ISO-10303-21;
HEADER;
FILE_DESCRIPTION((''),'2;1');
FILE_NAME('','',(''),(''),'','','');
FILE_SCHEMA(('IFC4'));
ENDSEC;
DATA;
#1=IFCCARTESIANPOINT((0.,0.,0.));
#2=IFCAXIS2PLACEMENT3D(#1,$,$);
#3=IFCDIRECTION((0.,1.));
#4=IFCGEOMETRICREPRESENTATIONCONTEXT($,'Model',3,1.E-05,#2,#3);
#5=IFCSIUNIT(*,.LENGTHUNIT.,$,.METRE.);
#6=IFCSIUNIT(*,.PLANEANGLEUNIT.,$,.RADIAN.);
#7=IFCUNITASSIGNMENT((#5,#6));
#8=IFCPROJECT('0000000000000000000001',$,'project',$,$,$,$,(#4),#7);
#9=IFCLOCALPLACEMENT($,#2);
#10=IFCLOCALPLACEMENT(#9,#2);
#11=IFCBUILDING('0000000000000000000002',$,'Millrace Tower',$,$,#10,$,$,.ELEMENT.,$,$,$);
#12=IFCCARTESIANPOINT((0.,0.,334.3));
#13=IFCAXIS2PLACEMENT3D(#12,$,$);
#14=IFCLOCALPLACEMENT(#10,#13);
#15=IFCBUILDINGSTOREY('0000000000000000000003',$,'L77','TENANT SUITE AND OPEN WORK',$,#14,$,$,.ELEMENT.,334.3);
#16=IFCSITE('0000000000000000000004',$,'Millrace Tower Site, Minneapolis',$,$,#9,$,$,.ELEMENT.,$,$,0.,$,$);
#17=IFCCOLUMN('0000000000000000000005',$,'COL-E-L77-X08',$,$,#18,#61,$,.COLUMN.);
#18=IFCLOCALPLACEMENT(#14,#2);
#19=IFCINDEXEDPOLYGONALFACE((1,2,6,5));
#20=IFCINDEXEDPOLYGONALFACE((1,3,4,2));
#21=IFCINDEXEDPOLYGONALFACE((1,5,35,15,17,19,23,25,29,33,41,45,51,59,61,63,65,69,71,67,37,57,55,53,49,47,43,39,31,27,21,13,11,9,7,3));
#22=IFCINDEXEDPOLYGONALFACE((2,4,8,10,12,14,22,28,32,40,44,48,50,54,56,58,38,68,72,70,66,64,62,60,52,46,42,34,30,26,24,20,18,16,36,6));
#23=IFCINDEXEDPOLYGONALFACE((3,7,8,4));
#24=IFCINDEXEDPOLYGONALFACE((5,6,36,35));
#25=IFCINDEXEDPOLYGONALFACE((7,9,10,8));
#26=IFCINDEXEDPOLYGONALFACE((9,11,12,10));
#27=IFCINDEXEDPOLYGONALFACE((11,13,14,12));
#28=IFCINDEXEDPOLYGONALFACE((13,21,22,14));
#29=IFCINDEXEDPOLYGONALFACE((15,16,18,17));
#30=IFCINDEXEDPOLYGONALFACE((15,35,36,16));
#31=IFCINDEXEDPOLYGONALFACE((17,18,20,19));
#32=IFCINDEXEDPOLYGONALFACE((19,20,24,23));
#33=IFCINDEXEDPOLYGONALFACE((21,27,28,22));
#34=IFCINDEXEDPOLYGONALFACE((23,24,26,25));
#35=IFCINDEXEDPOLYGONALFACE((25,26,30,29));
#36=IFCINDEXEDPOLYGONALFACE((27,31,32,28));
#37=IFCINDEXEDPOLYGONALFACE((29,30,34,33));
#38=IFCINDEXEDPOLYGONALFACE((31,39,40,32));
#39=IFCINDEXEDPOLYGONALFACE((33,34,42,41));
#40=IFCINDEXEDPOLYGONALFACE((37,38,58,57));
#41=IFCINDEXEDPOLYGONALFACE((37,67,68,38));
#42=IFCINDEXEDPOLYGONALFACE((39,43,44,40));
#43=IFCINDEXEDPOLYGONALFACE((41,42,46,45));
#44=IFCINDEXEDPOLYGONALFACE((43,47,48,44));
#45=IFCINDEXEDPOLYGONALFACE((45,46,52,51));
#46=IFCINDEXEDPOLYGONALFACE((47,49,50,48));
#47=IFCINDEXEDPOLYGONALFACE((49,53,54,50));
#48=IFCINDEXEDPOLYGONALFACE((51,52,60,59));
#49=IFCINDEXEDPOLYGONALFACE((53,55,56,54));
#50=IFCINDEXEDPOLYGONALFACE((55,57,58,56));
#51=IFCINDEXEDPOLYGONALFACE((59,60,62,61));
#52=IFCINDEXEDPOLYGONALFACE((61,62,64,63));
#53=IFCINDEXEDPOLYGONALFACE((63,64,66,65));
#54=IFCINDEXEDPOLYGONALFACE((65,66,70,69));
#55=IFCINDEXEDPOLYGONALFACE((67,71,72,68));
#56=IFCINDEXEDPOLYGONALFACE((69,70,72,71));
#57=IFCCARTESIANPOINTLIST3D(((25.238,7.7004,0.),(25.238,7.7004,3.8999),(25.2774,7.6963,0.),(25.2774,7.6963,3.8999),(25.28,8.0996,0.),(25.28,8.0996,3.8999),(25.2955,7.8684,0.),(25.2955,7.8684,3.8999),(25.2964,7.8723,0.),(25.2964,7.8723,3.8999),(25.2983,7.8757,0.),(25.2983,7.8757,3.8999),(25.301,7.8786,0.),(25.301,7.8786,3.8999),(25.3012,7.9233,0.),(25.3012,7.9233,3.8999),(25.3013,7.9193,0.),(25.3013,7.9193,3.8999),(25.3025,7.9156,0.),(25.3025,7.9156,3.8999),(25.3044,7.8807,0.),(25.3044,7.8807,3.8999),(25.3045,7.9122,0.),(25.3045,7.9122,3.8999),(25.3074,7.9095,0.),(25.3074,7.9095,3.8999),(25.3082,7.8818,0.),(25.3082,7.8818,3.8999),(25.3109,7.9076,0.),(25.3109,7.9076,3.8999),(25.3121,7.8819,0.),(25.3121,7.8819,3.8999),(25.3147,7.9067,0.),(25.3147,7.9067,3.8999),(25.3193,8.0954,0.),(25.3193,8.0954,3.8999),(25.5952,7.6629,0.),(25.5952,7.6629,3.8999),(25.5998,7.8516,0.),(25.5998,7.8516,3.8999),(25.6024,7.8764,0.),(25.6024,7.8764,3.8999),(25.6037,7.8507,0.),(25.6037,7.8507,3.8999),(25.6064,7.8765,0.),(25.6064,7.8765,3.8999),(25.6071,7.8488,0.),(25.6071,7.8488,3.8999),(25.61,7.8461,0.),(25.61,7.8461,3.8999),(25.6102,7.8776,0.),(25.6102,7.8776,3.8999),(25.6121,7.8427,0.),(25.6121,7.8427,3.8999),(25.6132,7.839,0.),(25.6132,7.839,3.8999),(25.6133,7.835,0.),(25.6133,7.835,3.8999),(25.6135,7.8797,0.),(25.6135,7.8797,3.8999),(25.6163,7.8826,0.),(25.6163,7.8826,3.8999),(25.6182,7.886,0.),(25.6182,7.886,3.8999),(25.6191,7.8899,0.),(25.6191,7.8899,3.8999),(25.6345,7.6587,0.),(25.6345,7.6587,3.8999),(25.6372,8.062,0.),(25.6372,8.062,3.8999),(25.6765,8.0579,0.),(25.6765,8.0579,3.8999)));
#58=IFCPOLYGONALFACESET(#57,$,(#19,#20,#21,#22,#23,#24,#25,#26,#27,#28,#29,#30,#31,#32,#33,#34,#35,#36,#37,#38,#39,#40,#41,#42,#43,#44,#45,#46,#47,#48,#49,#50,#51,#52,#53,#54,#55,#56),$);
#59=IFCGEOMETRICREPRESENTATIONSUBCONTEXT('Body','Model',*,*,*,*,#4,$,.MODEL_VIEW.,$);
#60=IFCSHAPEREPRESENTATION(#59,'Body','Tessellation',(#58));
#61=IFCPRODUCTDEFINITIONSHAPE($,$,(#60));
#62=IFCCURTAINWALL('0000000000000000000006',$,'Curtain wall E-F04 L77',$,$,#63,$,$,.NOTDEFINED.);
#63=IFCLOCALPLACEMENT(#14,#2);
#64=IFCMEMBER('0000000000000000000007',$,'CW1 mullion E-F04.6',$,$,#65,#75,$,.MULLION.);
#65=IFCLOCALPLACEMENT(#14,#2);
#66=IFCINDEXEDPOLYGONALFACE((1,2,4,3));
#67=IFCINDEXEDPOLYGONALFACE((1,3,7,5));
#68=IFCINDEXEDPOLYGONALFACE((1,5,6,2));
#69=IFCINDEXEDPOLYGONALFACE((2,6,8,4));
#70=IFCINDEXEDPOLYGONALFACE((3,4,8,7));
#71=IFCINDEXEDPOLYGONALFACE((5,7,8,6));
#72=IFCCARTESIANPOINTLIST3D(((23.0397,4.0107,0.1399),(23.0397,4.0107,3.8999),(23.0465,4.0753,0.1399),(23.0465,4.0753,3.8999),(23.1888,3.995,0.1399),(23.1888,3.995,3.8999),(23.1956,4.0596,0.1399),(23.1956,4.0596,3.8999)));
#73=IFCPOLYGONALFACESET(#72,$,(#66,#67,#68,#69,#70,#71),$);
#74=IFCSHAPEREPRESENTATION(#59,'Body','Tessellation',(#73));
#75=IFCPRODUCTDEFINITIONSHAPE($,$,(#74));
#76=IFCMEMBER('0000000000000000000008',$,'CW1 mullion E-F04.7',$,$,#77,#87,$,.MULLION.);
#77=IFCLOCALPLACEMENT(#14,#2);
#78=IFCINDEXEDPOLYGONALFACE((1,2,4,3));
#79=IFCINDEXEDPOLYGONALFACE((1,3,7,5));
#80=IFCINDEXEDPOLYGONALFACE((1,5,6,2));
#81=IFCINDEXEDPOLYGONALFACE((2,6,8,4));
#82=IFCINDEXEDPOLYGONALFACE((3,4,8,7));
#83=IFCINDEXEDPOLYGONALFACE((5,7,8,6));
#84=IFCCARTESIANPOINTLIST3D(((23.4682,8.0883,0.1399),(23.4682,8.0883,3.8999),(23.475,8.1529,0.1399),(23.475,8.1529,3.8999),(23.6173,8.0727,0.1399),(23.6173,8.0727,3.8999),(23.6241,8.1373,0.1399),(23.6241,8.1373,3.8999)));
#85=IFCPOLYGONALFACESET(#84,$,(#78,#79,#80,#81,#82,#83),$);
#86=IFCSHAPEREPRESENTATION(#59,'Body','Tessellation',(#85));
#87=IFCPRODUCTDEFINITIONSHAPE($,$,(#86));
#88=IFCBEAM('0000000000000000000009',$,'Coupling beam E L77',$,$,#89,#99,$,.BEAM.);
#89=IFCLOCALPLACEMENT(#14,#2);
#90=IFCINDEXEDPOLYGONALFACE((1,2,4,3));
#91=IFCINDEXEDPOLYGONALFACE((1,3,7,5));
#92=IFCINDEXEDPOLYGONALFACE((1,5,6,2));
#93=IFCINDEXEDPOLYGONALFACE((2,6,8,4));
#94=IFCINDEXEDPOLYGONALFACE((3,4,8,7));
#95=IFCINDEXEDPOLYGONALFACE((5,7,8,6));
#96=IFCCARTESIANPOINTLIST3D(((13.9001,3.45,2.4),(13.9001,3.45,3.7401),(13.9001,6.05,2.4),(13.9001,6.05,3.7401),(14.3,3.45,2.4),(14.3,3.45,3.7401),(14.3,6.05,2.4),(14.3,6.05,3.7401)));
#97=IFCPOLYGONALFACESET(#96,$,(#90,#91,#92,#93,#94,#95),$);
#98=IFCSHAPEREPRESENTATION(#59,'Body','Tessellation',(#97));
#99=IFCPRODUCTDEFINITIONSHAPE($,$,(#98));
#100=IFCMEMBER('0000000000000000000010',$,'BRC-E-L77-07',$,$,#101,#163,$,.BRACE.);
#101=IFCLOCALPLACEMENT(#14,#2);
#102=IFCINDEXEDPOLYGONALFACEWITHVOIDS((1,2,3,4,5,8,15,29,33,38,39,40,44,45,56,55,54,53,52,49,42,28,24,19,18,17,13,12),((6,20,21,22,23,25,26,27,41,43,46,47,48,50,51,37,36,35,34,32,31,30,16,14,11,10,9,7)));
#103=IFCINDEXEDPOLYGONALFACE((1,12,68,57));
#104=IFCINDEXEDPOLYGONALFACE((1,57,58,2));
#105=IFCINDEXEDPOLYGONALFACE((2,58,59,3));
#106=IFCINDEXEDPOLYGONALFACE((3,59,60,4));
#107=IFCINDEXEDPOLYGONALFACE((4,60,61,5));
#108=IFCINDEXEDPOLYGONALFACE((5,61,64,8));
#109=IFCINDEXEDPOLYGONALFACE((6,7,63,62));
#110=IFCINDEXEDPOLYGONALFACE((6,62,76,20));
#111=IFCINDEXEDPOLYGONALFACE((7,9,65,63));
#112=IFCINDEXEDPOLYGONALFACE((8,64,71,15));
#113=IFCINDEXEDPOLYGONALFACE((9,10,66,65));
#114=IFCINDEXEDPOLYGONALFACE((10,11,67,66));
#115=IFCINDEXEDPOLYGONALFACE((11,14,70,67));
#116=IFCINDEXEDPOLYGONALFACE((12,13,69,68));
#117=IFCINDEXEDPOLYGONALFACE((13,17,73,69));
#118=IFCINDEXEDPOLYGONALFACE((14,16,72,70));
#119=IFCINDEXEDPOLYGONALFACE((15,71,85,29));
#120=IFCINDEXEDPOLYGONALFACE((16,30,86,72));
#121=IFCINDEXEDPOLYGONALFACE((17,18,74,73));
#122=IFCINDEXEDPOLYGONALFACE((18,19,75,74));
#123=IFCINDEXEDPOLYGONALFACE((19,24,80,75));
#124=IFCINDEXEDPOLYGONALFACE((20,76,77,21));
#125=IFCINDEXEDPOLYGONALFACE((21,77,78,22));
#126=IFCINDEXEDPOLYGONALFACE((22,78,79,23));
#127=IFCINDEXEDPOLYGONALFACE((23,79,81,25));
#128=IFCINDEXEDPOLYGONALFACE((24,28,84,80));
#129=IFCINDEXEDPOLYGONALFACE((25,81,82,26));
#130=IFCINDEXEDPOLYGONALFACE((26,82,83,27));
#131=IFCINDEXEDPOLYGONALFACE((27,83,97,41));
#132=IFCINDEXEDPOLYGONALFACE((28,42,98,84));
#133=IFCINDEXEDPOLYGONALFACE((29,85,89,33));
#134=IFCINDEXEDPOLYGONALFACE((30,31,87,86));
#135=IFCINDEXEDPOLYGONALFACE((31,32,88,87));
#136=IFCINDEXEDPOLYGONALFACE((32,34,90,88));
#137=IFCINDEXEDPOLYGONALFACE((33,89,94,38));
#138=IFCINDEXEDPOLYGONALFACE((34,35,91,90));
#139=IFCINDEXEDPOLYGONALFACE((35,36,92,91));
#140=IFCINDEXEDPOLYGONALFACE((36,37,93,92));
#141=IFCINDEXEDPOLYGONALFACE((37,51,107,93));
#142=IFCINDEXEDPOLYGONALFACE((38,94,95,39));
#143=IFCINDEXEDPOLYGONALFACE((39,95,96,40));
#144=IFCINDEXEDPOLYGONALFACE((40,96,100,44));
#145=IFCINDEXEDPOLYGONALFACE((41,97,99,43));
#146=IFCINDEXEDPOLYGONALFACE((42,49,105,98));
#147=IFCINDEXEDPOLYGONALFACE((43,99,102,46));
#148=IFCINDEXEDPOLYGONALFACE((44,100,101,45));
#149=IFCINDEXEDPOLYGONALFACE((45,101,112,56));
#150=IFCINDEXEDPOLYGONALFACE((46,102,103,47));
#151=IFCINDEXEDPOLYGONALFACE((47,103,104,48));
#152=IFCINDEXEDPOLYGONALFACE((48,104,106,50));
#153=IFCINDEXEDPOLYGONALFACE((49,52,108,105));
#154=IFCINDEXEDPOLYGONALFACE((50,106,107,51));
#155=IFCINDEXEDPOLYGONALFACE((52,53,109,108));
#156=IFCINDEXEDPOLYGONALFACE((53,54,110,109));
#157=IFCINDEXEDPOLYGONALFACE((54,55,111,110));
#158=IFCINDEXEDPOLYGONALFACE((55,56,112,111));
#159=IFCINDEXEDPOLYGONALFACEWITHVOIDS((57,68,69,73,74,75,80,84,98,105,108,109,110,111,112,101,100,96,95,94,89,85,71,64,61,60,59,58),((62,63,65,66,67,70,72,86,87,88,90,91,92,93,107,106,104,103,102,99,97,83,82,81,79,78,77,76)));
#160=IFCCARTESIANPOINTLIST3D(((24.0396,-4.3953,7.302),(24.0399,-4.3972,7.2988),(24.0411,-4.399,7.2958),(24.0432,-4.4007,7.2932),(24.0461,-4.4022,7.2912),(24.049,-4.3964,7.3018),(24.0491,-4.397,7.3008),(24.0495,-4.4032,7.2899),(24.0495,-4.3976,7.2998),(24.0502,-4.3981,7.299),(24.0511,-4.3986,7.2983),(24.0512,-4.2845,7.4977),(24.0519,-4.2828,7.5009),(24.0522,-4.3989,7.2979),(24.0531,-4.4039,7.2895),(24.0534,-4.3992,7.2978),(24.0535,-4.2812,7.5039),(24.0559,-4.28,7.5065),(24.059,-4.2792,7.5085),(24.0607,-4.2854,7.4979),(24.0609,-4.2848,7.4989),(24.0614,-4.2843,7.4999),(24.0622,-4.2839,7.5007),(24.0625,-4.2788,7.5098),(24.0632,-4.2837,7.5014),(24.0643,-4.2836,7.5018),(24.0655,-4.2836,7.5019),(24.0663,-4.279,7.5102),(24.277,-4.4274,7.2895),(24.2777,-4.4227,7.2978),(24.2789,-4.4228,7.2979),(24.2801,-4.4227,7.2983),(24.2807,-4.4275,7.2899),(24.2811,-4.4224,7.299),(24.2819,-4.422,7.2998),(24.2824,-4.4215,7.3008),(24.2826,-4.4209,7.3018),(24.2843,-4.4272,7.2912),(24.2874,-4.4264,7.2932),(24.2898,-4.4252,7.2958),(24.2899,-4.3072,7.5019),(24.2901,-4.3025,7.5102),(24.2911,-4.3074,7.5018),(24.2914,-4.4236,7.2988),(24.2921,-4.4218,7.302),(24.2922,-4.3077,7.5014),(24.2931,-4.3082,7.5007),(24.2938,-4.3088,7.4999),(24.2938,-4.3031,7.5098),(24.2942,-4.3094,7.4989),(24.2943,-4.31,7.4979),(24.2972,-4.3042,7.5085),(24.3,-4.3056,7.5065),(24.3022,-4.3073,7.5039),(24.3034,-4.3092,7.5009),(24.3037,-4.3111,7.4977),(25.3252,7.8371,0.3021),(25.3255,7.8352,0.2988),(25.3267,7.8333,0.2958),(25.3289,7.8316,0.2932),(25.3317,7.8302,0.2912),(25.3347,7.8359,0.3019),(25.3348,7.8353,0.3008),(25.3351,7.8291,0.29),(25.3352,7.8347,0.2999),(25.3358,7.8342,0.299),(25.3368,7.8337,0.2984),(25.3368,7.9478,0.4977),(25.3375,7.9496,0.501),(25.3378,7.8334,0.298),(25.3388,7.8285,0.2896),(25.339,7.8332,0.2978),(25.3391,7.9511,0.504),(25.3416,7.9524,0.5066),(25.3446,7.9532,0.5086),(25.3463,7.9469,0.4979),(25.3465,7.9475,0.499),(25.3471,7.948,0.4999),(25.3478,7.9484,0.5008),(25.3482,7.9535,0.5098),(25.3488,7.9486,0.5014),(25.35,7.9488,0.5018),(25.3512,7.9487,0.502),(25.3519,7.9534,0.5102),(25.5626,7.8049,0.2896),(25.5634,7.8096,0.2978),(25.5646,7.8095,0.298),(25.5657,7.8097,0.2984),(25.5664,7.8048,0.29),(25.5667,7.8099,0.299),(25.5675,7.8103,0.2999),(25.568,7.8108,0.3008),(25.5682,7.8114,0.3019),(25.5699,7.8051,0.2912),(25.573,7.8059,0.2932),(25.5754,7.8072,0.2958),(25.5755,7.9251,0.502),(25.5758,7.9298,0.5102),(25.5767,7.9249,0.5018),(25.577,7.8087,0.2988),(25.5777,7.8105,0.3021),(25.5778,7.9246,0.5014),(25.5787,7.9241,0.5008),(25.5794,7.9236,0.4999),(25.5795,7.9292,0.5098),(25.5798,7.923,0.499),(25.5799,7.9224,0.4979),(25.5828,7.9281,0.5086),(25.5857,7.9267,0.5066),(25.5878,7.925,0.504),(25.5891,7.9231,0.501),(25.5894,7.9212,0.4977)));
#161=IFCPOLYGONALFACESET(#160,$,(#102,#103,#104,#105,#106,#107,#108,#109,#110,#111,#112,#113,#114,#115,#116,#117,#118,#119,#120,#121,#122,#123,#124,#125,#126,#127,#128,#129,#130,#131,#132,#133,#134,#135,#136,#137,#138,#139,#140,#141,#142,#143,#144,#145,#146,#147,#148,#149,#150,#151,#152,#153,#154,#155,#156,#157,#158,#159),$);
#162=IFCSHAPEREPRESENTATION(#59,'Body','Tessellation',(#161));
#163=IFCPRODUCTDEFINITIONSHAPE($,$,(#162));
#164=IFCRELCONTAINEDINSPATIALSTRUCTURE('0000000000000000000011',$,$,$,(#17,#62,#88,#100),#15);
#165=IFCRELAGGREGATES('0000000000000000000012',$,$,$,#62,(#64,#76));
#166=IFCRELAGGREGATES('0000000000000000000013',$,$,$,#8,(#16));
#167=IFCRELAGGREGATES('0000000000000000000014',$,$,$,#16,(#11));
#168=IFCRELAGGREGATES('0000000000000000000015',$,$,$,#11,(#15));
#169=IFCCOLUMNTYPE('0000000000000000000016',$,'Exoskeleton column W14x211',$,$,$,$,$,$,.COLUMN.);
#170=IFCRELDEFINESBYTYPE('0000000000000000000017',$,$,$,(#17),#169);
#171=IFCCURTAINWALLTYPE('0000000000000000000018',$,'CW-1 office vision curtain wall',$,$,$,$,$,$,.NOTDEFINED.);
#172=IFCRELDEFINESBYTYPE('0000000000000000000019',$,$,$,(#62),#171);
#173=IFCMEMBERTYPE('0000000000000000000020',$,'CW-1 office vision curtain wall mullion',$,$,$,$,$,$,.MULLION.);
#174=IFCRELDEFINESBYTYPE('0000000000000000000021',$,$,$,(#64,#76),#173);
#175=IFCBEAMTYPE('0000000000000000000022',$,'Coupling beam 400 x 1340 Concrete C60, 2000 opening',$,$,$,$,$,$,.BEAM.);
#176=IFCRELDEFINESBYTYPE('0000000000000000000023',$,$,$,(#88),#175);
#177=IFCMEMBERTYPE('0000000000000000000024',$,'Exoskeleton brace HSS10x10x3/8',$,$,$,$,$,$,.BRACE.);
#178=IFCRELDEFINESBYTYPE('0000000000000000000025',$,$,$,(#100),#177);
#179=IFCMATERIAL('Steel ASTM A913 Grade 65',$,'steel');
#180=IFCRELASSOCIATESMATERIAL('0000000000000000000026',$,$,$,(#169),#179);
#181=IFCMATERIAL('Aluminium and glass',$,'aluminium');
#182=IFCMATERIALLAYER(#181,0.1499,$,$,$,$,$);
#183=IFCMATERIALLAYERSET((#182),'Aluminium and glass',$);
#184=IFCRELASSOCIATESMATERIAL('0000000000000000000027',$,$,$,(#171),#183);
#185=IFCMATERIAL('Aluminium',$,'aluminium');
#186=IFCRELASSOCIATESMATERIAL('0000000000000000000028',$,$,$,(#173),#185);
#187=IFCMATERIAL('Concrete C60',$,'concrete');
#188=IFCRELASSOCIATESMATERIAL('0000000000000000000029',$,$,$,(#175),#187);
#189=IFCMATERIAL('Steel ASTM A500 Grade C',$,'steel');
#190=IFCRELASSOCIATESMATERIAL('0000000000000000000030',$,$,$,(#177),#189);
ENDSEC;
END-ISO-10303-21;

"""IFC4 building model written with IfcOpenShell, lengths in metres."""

from ifc_helpers import new_model, si_unit, direction, frame, origin, origin_2d, place, context, subcontext, project, spatial, rectangle, hollow_rectangle, i_section, extrude, material, layer, layer_set, material_profile, profile_set, type_object, element, aggregate, save


model = new_model("IFC4")

# Units and contexts
model_context = context("Model", 3, precision=1e-05, world=origin(), true_north=direction((0.0, 1.0)))
body_context = subcontext(model_context, "Body", "Model", "MODEL_VIEW")
ifc_project = project(units=[si_unit("LENGTHUNIT", "METRE"), si_unit("PLANEANGLEUNIT", "RADIAN")], contexts=[model_context])

# Site, building, storey
site_placement = place(None, origin())
site = spatial("IfcSite", under=ifc_project, at=site_placement, Name="Millrace Tower Site, Minneapolis", CompositionType="ELEMENT", RefElevation=0.0)
building_placement = place(site_placement, origin())
building = spatial("IfcBuilding", under=site, at=building_placement, Name="Millrace Tower", CompositionType="ELEMENT")
storey_placement = place(building_placement, frame((0.0, 0.0, 334.3)))
storey = spatial("IfcBuildingStorey", under=building, at=storey_placement, Name="L77", Description="TENANT SUITE AND OPEN WORK", CompositionType="ELEMENT", Elevation=334.3)

# Column
ifc_material_1 = material(Name="Steel ASTM A913 Grade 65", Category="steel")
ifc_material_profile_1 = material_profile(ifc_material_1, i_section(OverallWidth=0.4014, OverallDepth=0.3987, WebThickness=0.0249, FlangeThickness=0.0396, FilletRadius=0.0151, at=origin_2d()))
ifc_profile_set_1 = profile_set([ifc_material_profile_1], Name="Steel ASTM A913 Grade 65")
column_type = type_object("IfcColumnType", Name="Exoskeleton column W14x211", PredefinedType="COLUMN", material=ifc_profile_set_1)
column_placement = place(storey_placement, frame((25.4573, 7.8792, 0.0), z_axis=(0.0, 0.0, 1.0), x_axis=(0.104528, 0.994522, 0.0)))
element("IfcColumn", 1, at=column_placement, inside=storey, type_object=column_type, Name="COL-E-L77-X08", PredefinedType="COLUMN", context=body_context, shape_type="SweptSolid", body=[
    extrude(i_section(OverallWidth=0.4014, OverallDepth=0.3987, WebThickness=0.0249, FlangeThickness=0.0396, FilletRadius=0.0151, at=origin_2d()), origin(), (0.0, 0.0, 1.0), 3.8999),
])

# Curtain wall, members
ifc_material_2 = material(Name="Aluminium and glass", Category="aluminium")
ifc_layer_1 = layer(ifc_material_2, 0.1499)
ifc_layer_set_1 = layer_set([ifc_layer_1], Name="Aluminium and glass")
curtain_wall_type = type_object("IfcCurtainWallType", Name="CW-1 office vision curtain wall", PredefinedType="NOTDEFINED", material=ifc_layer_set_1)
curtain_wall_placement = place(storey_placement, origin())
curtain_wall = element("IfcCurtainWall", 2, at=curtain_wall_placement, inside=storey, type_object=curtain_wall_type, Name="Curtain wall E-F04 L77", PredefinedType="NOTDEFINED")
ifc_material_3 = material(Name="Aluminium", Category="aluminium")
ifc_material_profile_2 = material_profile(ifc_material_3, rectangle(XDim=0.0649, YDim=0.1499, at=origin_2d()))
ifc_profile_set_2 = profile_set([ifc_material_profile_2], Name="Aluminium")
member_type_1 = type_object("IfcMemberType", Name="CW-1 office vision curtain wall mullion", PredefinedType="MULLION", material=ifc_profile_set_2)
member_1_placement = place(storey_placement, frame((23.1177, 4.0352, 0.1399), z_axis=(0.0, 0.0, 1.0), x_axis=(0.104528, 0.994522, 0.0)))
member_1 = element("IfcMember", 3, at=member_1_placement, type_object=member_type_1, Name="CW1 mullion E-F04.6", PredefinedType="MULLION", context=body_context, shape_type="SweptSolid", body=[
    extrude(rectangle(XDim=0.0649, YDim=0.1499, at=origin_2d()), origin(), (0.0, 0.0, 1.0), 3.76),
])
member_2_placement = place(storey_placement, frame((23.5461, 8.1128, 0.1399), z_axis=(0.0, 0.0, 1.0), x_axis=(0.104528, 0.994522, 0.0)))
member_2 = element("IfcMember", 4, at=member_2_placement, type_object=member_type_1, Name="CW1 mullion E-F04.7", PredefinedType="MULLION", context=body_context, shape_type="SweptSolid", body=[
    extrude(rectangle(XDim=0.0649, YDim=0.1499, at=origin_2d()), origin(), (0.0, 0.0, 1.0), 3.76),
])
aggregate(curtain_wall, [member_1, member_2])

# Beam
ifc_material_4 = material(Name="Concrete C60", Category="concrete")
ifc_material_profile_3 = material_profile(ifc_material_4, rectangle(XDim=0.3999, YDim=1.3401, at=origin_2d()))
ifc_profile_set_3 = profile_set([ifc_material_profile_3], Name="Concrete C60")
beam_type_1 = type_object("IfcBeamType", Name="Coupling beam 400 x 1340 Concrete C60, 2000 opening", PredefinedType="BEAM", material=ifc_profile_set_3)
beam_1_placement = place(storey_placement, frame((14.1001, 6.05, 3.0701), z_axis=(0.0, -1.0, 0.0), x_axis=(1.0, 0.0, 0.0)))
element("IfcBeam", 5, at=beam_1_placement, inside=storey, type_object=beam_type_1, Name="Coupling beam E L77", PredefinedType="BEAM", context=body_context, shape_type="SweptSolid", body=[
    extrude(rectangle(XDim=0.3999, YDim=1.3401, at=origin_2d()), origin(), (0.0, 0.0, 1.0), 2.6001),
])

# Member
ifc_material_5 = material(Name="Steel ASTM A500 Grade C", Category="steel")
ifc_material_profile_4 = material_profile(ifc_material_5, hollow_rectangle(XDim=0.2539, YDim=0.2539, WallThickness=0.0095, InnerFilletRadius=0.0046, OuterFilletRadius=0.0144, at=origin_2d()))
ifc_profile_set_4 = profile_set([ifc_material_profile_4], Name="Steel ASTM A500 Grade C")
member_type_2 = type_object("IfcMemberType", Name="Exoskeleton brace HSS10x10x3/8", PredefinedType="BRACE", material=ifc_profile_set_4)
member_3_placement = place(storey_placement, frame((25.4573, 7.8792, 0.3999), z_axis=(-0.090844, -0.864347, 0.494622), x_axis=(0.994522, -0.104526, 0.0)))
element("IfcMember", 6, at=member_3_placement, inside=storey, type_object=member_type_2, Name="BRC-E-L77-07", PredefinedType="BRACE", context=body_context, shape_type="SweptSolid", body=[
    extrude(hollow_rectangle(XDim=0.2539, YDim=0.2539, WallThickness=0.0095, InnerFilletRadius=0.0046, OuterFilletRadius=0.0144, at=origin_2d()), origin(), (0.0, 0.0, 1.0), 14.1521),
])

save(model, "model.ifc")
